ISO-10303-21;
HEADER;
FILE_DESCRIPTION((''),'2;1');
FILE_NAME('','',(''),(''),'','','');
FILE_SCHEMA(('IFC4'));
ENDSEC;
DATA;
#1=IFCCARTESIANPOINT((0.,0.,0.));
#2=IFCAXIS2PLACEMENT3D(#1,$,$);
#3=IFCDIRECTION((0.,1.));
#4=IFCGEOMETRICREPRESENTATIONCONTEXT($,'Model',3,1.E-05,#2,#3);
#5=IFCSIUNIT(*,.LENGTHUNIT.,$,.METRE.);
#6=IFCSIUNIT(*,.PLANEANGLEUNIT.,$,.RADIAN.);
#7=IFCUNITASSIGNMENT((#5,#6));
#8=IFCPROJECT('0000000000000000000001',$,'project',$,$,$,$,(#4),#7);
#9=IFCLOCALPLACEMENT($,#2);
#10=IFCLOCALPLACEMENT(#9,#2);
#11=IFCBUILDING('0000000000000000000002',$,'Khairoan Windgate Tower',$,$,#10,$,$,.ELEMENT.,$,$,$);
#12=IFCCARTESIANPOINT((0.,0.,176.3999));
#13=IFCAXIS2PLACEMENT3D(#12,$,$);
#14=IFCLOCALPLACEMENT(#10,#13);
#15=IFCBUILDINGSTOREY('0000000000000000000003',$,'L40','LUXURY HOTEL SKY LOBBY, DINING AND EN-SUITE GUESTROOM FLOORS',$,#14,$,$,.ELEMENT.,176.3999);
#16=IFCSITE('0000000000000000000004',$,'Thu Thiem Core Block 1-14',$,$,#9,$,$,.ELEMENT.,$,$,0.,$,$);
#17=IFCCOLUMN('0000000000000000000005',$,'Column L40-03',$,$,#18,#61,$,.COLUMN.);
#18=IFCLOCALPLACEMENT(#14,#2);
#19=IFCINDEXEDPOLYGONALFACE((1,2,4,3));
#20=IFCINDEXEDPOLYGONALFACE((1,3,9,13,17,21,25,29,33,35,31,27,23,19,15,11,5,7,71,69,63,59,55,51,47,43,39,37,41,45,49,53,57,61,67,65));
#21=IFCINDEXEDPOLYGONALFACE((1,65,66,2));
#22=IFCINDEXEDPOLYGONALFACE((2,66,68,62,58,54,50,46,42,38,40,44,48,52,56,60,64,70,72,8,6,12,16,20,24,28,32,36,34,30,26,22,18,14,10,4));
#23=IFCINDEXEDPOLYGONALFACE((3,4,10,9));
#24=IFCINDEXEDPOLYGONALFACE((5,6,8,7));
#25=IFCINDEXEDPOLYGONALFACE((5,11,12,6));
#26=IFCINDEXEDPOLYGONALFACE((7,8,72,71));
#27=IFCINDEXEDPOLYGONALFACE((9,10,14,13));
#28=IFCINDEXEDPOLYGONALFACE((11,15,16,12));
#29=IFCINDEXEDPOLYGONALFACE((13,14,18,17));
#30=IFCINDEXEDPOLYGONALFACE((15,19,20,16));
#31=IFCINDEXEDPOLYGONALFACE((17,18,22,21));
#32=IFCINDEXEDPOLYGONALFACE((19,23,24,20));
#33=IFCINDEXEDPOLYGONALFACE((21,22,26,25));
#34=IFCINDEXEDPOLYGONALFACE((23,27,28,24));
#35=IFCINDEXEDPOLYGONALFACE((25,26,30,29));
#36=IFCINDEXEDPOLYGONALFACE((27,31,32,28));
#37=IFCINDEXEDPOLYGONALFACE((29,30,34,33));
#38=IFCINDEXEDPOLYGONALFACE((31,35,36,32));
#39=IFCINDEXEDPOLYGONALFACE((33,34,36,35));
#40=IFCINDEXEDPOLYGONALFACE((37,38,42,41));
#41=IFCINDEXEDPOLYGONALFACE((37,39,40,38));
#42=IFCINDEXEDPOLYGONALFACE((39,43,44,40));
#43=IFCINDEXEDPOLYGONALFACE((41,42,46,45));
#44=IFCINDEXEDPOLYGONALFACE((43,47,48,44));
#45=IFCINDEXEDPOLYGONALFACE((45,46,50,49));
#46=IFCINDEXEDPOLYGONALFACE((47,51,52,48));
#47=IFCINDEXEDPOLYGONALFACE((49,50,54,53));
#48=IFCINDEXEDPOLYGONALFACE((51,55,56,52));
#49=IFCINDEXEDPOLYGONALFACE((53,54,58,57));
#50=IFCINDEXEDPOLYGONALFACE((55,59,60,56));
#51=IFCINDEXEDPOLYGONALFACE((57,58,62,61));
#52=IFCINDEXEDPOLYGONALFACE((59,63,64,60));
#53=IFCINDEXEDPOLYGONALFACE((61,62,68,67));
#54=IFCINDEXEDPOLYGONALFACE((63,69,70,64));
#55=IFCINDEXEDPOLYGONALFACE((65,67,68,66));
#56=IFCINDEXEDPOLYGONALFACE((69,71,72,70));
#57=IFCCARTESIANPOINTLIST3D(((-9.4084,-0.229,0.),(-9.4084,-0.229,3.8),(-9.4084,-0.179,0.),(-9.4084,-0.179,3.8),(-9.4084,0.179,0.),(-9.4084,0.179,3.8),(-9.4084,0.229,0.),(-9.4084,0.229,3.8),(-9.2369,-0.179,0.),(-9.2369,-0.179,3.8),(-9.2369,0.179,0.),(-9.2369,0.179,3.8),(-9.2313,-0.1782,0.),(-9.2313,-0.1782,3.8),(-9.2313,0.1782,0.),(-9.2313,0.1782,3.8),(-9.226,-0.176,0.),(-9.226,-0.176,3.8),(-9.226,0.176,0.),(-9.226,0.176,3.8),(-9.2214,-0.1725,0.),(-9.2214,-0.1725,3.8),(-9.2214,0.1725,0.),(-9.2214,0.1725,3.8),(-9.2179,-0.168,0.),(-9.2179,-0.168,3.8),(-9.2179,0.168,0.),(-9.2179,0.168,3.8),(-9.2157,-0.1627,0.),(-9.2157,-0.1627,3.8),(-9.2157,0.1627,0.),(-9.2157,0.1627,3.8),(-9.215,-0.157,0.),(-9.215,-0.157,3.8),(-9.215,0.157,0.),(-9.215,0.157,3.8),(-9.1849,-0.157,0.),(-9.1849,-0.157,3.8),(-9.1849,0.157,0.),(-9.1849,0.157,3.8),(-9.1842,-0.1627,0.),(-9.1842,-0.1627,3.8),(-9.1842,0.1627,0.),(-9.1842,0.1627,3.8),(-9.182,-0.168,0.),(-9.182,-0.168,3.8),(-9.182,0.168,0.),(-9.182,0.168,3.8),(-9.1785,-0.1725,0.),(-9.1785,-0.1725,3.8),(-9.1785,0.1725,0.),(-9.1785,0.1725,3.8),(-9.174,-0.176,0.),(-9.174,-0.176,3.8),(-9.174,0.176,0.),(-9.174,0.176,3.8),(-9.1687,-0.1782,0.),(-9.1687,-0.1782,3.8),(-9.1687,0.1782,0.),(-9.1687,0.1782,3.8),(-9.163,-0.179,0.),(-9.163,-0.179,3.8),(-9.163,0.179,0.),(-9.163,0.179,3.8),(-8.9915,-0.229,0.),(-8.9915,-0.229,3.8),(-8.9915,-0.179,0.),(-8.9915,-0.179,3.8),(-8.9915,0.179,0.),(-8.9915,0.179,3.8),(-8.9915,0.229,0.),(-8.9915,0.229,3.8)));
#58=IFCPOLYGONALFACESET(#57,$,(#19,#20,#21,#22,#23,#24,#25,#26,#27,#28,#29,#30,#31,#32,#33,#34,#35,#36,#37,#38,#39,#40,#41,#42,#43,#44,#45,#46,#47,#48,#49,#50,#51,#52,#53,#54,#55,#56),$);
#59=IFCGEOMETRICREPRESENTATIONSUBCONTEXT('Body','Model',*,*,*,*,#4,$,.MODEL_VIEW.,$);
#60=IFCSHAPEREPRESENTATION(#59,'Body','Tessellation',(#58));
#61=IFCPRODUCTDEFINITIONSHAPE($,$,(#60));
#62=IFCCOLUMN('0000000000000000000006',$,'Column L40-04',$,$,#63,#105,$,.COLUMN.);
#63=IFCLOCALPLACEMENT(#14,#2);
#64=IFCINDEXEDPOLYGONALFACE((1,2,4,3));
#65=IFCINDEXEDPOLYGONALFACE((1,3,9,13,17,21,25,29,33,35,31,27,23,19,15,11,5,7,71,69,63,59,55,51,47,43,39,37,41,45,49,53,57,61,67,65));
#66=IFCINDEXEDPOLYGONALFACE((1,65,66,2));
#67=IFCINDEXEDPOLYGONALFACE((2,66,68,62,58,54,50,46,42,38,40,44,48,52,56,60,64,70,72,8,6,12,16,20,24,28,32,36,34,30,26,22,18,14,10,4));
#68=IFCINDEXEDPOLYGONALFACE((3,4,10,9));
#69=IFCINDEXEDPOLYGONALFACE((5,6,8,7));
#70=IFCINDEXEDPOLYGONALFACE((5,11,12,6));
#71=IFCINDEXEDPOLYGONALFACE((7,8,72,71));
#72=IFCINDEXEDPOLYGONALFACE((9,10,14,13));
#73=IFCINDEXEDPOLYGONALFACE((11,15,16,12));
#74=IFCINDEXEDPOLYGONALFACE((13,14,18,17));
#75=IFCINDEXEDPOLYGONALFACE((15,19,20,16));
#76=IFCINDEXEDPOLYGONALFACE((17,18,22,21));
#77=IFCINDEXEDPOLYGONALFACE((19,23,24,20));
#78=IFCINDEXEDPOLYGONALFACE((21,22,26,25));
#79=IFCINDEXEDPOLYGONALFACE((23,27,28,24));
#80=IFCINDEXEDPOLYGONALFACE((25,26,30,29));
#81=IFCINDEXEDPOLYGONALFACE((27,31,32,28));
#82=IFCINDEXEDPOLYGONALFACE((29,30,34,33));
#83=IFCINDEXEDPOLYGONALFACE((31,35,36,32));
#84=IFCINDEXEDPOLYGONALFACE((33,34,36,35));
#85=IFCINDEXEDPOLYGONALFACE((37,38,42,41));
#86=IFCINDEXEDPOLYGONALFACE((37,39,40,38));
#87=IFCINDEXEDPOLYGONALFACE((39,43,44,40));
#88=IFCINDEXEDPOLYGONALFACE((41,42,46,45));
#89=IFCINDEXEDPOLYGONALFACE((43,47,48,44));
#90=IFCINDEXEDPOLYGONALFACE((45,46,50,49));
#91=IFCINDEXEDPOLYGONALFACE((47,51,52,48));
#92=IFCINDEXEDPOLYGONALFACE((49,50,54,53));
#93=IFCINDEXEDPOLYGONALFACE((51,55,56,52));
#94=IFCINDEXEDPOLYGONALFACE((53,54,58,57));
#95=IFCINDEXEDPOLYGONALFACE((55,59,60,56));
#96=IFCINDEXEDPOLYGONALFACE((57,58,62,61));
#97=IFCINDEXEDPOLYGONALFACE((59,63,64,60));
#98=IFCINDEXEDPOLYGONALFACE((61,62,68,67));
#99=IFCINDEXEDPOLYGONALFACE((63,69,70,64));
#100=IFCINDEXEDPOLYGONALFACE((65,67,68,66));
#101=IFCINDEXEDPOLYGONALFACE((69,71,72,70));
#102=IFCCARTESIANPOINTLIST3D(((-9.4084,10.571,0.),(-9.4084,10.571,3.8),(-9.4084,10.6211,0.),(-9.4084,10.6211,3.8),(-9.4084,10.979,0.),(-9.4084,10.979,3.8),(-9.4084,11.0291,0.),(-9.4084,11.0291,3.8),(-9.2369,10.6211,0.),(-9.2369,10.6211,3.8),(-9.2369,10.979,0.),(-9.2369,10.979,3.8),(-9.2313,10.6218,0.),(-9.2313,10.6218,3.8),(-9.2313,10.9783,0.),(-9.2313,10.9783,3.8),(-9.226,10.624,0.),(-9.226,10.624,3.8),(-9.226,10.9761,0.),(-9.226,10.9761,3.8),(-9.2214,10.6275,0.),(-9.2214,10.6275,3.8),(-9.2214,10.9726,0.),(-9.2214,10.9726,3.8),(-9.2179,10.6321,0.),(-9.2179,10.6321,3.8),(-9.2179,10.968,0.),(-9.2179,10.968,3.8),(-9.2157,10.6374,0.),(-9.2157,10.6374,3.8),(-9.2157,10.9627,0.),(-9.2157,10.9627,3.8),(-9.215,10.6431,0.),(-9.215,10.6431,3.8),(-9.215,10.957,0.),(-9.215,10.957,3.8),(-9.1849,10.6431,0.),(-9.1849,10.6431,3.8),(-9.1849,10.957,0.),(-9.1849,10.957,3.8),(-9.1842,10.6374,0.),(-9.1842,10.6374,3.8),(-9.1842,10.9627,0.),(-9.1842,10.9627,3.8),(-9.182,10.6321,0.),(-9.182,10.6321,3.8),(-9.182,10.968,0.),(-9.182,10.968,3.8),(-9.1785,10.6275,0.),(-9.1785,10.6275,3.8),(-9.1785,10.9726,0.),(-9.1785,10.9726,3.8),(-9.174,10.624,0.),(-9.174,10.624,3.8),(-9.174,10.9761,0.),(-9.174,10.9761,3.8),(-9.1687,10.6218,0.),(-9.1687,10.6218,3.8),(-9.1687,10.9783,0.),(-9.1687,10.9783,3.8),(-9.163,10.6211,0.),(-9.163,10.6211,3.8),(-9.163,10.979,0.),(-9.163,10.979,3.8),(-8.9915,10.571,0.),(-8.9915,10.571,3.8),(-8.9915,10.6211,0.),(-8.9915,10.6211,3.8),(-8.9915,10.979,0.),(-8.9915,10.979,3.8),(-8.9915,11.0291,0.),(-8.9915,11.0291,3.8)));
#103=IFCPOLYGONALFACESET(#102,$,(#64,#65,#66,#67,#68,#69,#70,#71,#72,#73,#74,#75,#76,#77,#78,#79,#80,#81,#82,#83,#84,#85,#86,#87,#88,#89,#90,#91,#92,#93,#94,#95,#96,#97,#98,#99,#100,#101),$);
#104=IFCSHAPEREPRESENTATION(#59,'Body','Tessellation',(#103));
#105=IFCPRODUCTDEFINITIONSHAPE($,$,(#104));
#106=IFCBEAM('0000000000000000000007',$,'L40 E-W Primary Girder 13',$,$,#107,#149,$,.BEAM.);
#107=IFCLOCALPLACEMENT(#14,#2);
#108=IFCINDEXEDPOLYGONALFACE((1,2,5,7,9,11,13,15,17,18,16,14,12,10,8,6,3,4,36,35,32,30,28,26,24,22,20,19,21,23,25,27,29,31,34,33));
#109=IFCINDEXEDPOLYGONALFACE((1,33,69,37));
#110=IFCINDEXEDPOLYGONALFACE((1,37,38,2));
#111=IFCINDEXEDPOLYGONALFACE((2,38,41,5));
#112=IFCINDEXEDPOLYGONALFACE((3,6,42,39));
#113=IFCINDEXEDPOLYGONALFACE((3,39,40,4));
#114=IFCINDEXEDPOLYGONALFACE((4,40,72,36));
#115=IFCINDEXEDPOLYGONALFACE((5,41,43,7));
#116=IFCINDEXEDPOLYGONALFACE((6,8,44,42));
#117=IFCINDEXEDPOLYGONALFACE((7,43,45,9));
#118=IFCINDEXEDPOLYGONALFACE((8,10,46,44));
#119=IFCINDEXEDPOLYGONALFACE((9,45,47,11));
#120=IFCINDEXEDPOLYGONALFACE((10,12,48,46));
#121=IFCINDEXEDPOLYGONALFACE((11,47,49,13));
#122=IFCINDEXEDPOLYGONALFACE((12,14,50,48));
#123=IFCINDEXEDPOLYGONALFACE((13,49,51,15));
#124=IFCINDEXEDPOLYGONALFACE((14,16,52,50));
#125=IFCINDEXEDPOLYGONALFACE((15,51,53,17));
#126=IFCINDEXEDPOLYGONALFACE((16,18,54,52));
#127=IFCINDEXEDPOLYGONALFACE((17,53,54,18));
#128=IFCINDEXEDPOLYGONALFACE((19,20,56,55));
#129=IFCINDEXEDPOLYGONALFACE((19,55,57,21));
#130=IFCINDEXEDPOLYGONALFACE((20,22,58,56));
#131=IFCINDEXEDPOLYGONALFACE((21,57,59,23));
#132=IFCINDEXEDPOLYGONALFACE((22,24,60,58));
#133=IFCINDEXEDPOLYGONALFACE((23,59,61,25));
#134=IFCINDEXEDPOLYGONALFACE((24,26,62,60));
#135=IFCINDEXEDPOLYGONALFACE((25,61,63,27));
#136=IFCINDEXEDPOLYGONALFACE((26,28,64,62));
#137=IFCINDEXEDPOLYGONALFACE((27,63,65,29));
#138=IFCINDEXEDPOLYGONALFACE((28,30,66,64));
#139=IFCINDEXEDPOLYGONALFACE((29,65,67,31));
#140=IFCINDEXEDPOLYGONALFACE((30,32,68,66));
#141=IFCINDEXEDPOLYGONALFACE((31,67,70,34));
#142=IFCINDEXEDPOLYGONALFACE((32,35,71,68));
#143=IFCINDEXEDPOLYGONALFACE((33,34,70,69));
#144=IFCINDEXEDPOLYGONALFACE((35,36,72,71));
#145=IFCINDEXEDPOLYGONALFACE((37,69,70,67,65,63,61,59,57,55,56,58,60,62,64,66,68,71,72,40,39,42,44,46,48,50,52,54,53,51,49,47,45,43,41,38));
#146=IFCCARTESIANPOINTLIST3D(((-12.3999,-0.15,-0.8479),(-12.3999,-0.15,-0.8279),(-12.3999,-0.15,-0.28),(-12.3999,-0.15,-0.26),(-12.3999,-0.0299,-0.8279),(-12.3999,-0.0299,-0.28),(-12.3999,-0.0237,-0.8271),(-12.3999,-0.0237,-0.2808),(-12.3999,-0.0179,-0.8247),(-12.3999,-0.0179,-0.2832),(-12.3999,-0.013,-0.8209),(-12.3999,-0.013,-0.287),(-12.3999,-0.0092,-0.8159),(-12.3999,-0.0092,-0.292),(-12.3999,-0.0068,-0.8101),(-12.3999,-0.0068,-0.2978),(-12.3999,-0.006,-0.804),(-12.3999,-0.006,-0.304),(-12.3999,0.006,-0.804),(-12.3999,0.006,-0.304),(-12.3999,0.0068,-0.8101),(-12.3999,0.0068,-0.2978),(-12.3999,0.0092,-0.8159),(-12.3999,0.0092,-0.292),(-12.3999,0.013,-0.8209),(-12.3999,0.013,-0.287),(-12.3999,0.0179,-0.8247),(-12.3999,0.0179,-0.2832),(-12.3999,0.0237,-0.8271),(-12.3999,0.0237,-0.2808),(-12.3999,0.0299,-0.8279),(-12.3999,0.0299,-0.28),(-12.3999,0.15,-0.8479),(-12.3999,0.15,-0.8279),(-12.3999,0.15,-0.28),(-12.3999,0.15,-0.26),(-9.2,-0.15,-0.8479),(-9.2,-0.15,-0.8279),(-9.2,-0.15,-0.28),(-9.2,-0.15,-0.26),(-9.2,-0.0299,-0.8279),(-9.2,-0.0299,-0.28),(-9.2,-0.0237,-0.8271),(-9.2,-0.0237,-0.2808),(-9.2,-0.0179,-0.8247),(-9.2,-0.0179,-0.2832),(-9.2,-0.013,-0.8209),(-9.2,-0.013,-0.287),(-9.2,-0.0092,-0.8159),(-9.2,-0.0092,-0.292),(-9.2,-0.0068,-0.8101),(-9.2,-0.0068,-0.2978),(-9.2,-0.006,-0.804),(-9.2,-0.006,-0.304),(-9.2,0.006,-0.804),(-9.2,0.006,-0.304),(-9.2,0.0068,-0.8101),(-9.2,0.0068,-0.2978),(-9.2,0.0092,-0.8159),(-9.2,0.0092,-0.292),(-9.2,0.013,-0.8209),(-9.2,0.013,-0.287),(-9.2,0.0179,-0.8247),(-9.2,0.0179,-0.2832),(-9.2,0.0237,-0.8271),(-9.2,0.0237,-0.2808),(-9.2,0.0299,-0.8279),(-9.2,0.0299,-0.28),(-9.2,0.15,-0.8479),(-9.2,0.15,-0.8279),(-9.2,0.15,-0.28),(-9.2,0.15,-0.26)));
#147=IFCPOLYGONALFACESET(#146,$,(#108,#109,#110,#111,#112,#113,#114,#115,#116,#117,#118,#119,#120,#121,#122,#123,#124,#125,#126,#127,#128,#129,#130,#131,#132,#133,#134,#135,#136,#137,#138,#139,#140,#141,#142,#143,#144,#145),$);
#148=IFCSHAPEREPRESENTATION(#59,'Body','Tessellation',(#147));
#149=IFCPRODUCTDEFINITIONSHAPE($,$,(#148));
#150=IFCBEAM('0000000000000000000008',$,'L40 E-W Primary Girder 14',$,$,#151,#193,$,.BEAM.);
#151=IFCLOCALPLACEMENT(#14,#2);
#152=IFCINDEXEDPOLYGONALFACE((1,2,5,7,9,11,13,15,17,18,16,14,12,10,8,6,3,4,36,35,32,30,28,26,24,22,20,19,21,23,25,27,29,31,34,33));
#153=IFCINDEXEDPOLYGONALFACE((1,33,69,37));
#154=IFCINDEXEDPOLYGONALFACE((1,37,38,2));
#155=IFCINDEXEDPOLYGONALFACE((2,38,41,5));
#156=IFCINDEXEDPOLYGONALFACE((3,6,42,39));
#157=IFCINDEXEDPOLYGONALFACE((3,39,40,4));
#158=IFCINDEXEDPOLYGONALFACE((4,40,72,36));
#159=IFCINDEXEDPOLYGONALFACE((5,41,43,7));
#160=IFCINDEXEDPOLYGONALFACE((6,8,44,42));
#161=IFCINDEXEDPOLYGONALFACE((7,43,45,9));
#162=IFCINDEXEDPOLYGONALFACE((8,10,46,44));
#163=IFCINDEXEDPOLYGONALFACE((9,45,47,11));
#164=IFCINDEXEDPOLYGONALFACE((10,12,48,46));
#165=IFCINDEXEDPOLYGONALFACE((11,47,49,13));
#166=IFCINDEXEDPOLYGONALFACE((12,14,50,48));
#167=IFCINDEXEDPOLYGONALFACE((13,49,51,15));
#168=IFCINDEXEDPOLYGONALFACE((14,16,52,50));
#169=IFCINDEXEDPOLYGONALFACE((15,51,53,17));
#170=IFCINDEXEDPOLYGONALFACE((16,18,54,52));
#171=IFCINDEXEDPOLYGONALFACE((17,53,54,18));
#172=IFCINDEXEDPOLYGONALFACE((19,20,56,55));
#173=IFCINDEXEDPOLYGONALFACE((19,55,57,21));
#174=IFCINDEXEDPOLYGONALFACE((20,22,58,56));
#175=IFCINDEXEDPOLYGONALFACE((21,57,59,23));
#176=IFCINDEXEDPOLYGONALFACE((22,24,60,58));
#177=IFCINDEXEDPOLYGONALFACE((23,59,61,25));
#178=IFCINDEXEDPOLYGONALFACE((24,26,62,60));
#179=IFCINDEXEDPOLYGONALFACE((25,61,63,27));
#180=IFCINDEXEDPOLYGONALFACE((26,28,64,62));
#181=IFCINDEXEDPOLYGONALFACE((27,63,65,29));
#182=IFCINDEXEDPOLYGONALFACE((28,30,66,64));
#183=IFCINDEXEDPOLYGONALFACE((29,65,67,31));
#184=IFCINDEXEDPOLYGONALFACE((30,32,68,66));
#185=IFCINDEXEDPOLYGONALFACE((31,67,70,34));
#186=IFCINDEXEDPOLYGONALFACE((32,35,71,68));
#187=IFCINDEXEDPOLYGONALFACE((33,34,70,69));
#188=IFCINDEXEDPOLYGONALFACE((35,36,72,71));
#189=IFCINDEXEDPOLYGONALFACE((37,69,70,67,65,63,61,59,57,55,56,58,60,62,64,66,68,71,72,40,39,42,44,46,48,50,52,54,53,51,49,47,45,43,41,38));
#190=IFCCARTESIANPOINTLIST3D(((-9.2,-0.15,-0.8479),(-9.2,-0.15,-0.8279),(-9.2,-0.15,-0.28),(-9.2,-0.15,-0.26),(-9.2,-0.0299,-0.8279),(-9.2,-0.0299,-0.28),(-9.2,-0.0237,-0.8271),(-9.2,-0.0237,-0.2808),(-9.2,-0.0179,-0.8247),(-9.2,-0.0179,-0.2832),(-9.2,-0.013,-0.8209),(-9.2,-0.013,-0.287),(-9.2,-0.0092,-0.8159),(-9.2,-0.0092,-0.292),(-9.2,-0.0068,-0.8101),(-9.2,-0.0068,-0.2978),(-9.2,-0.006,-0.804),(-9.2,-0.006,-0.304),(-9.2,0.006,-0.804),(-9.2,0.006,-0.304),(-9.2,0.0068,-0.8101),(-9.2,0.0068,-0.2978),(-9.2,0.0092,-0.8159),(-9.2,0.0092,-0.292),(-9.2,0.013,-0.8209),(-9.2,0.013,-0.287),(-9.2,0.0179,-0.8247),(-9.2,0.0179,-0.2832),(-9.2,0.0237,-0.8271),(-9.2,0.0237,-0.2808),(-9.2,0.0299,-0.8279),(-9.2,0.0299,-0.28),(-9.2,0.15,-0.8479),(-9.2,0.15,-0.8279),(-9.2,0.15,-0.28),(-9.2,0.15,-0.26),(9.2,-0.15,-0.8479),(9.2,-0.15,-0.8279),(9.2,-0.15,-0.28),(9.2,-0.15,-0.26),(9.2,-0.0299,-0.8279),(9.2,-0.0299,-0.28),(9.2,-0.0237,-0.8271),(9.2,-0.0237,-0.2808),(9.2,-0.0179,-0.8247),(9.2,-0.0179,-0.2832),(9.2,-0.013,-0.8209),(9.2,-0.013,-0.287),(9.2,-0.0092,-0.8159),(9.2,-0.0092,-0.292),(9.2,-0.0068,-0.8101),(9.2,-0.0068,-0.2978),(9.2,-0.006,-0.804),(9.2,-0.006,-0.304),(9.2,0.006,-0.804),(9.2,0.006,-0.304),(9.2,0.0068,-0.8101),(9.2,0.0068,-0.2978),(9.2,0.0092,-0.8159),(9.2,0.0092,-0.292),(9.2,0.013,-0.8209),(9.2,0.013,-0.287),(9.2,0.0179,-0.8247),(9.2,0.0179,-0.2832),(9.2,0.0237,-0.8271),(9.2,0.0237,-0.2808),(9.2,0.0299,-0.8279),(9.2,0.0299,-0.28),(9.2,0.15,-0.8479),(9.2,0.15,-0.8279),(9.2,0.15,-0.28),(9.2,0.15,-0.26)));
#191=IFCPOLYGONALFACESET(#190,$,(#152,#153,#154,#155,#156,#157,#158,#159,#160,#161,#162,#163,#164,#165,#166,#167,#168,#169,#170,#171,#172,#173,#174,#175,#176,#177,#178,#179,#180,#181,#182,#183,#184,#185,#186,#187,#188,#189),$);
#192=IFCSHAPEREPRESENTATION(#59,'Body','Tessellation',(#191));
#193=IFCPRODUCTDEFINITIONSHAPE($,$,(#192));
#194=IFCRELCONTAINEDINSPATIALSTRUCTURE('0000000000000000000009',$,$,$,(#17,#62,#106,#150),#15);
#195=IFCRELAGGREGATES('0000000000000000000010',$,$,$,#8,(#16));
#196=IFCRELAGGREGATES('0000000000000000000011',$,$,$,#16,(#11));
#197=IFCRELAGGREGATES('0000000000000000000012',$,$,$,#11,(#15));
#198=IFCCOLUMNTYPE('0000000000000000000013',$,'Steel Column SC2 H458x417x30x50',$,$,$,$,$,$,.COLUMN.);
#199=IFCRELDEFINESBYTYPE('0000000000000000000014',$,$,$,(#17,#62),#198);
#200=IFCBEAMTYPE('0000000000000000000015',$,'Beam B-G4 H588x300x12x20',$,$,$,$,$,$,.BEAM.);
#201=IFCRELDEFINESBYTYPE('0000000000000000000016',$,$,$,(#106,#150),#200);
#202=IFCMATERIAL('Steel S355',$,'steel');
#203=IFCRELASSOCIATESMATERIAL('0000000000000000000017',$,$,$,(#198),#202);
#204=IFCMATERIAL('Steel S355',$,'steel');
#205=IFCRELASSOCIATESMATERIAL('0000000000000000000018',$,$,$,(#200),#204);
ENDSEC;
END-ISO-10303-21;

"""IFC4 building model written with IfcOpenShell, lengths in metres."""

from ifc_helpers import new_model, si_unit, direction, frame, origin, origin_2d, place, context, subcontext, project, spatial, i_section, extrude, material, material_profile, profile_set, type_object, element, save


model = new_model("IFC4")

# Units and contexts
model_context = context("Model", 3, precision=1e-05, world=origin(), true_north=direction((0.0, 1.0)))
body_context = subcontext(model_context, "Body", "Model", "MODEL_VIEW")
ifc_project = project(units=[si_unit("LENGTHUNIT", "METRE"), si_unit("PLANEANGLEUNIT", "RADIAN")], contexts=[model_context])

# Site, building, storey
site_placement = place(None, origin())
site = spatial("IfcSite", under=ifc_project, at=site_placement, Name="Thu Thiem Core Block 1-14", CompositionType="ELEMENT", RefElevation=0.0)
building_placement = place(site_placement, origin())
building = spatial("IfcBuilding", under=site, at=building_placement, Name="Khairoan Windgate Tower", CompositionType="ELEMENT")
storey_placement = place(building_placement, frame((0.0, 0.0, 176.3999)))
storey = spatial("IfcBuildingStorey", under=building, at=storey_placement, Name="L40", Description="LUXURY HOTEL SKY LOBBY, DINING AND EN-SUITE GUESTROOM FLOORS", CompositionType="ELEMENT", Elevation=176.3999)

# Columns
ifc_material_1 = material(Name="Steel S355", Category="steel")
ifc_material_profile_1 = material_profile(ifc_material_1, i_section(OverallWidth=0.417, OverallDepth=0.458, WebThickness=0.03, FlangeThickness=0.05, FilletRadius=0.022, at=origin_2d()))
ifc_profile_set_1 = profile_set([ifc_material_profile_1], Name="Steel S355")
column_type = type_object("IfcColumnType", Name="Steel Column SC2 H458x417x30x50", PredefinedType="COLUMN", material=ifc_profile_set_1)
for number, where, z_axis, x_axis, name in (
    (1, (-9.2, 0.0, 0.0), (0.0, 0.0, 1.0), (1.0, 0.0, 0.0), "Column L40-03"),
    (2, (-9.2, 10.8, 0.0), (0.0, 0.0, 1.0), (1.0, 0.0, 0.0), "Column L40-04"),
):
    element("IfcColumn", number, at=place(storey_placement, frame(where, z_axis=z_axis, x_axis=x_axis)), inside=storey, type_object=column_type, Name=name, PredefinedType="COLUMN", context=body_context, shape_type="SweptSolid", body=[
        extrude(i_section(OverallWidth=0.417, OverallDepth=0.458, WebThickness=0.03, FlangeThickness=0.05, FilletRadius=0.022, at=origin_2d()), origin(), (0.0, 0.0, 1.0), 3.8),
    ])

# Beams
ifc_material_2 = material(Name="Steel S355", Category="steel")
ifc_material_profile_2 = material_profile(ifc_material_2, i_section(OverallWidth=0.3, OverallDepth=0.5879, WebThickness=0.012, FlangeThickness=0.02, FilletRadius=0.0239, at=origin_2d()))
ifc_profile_set_2 = profile_set([ifc_material_profile_2], Name="Steel S355")
beam_type = type_object("IfcBeamType", Name="Beam B-G4 H588x300x12x20", PredefinedType="BEAM", material=ifc_profile_set_2)
beam_1_placement = place(storey_placement, frame((-12.3999, 0.0, -0.554), z_axis=(1.0, 0.0, 0.0), x_axis=(0.0, 1.0, 0.0)))
element("IfcBeam", 3, at=beam_1_placement, inside=storey, type_object=beam_type, Name="L40 E-W Primary Girder 13", PredefinedType="BEAM", context=body_context, shape_type="SweptSolid", body=[
    extrude(i_section(OverallWidth=0.3, OverallDepth=0.5879, WebThickness=0.012, FlangeThickness=0.02, FilletRadius=0.0239, at=origin_2d()), origin(), (0.0, 0.0, 1.0), 3.2),
])
beam_2_placement = place(storey_placement, frame((-9.2, 0.0, -0.554), z_axis=(1.0, 0.0, 0.0), x_axis=(0.0, 1.0, 0.0)))
element("IfcBeam", 4, at=beam_2_placement, inside=storey, type_object=beam_type, Name="L40 E-W Primary Girder 14", PredefinedType="BEAM", context=body_context, shape_type="SweptSolid", body=[
    extrude(i_section(OverallWidth=0.3, OverallDepth=0.5879, WebThickness=0.012, FlangeThickness=0.02, FilletRadius=0.0239, at=origin_2d()), origin(), (0.0, 0.0, 1.0), 18.3999),
])

save(model, "model.ifc")
